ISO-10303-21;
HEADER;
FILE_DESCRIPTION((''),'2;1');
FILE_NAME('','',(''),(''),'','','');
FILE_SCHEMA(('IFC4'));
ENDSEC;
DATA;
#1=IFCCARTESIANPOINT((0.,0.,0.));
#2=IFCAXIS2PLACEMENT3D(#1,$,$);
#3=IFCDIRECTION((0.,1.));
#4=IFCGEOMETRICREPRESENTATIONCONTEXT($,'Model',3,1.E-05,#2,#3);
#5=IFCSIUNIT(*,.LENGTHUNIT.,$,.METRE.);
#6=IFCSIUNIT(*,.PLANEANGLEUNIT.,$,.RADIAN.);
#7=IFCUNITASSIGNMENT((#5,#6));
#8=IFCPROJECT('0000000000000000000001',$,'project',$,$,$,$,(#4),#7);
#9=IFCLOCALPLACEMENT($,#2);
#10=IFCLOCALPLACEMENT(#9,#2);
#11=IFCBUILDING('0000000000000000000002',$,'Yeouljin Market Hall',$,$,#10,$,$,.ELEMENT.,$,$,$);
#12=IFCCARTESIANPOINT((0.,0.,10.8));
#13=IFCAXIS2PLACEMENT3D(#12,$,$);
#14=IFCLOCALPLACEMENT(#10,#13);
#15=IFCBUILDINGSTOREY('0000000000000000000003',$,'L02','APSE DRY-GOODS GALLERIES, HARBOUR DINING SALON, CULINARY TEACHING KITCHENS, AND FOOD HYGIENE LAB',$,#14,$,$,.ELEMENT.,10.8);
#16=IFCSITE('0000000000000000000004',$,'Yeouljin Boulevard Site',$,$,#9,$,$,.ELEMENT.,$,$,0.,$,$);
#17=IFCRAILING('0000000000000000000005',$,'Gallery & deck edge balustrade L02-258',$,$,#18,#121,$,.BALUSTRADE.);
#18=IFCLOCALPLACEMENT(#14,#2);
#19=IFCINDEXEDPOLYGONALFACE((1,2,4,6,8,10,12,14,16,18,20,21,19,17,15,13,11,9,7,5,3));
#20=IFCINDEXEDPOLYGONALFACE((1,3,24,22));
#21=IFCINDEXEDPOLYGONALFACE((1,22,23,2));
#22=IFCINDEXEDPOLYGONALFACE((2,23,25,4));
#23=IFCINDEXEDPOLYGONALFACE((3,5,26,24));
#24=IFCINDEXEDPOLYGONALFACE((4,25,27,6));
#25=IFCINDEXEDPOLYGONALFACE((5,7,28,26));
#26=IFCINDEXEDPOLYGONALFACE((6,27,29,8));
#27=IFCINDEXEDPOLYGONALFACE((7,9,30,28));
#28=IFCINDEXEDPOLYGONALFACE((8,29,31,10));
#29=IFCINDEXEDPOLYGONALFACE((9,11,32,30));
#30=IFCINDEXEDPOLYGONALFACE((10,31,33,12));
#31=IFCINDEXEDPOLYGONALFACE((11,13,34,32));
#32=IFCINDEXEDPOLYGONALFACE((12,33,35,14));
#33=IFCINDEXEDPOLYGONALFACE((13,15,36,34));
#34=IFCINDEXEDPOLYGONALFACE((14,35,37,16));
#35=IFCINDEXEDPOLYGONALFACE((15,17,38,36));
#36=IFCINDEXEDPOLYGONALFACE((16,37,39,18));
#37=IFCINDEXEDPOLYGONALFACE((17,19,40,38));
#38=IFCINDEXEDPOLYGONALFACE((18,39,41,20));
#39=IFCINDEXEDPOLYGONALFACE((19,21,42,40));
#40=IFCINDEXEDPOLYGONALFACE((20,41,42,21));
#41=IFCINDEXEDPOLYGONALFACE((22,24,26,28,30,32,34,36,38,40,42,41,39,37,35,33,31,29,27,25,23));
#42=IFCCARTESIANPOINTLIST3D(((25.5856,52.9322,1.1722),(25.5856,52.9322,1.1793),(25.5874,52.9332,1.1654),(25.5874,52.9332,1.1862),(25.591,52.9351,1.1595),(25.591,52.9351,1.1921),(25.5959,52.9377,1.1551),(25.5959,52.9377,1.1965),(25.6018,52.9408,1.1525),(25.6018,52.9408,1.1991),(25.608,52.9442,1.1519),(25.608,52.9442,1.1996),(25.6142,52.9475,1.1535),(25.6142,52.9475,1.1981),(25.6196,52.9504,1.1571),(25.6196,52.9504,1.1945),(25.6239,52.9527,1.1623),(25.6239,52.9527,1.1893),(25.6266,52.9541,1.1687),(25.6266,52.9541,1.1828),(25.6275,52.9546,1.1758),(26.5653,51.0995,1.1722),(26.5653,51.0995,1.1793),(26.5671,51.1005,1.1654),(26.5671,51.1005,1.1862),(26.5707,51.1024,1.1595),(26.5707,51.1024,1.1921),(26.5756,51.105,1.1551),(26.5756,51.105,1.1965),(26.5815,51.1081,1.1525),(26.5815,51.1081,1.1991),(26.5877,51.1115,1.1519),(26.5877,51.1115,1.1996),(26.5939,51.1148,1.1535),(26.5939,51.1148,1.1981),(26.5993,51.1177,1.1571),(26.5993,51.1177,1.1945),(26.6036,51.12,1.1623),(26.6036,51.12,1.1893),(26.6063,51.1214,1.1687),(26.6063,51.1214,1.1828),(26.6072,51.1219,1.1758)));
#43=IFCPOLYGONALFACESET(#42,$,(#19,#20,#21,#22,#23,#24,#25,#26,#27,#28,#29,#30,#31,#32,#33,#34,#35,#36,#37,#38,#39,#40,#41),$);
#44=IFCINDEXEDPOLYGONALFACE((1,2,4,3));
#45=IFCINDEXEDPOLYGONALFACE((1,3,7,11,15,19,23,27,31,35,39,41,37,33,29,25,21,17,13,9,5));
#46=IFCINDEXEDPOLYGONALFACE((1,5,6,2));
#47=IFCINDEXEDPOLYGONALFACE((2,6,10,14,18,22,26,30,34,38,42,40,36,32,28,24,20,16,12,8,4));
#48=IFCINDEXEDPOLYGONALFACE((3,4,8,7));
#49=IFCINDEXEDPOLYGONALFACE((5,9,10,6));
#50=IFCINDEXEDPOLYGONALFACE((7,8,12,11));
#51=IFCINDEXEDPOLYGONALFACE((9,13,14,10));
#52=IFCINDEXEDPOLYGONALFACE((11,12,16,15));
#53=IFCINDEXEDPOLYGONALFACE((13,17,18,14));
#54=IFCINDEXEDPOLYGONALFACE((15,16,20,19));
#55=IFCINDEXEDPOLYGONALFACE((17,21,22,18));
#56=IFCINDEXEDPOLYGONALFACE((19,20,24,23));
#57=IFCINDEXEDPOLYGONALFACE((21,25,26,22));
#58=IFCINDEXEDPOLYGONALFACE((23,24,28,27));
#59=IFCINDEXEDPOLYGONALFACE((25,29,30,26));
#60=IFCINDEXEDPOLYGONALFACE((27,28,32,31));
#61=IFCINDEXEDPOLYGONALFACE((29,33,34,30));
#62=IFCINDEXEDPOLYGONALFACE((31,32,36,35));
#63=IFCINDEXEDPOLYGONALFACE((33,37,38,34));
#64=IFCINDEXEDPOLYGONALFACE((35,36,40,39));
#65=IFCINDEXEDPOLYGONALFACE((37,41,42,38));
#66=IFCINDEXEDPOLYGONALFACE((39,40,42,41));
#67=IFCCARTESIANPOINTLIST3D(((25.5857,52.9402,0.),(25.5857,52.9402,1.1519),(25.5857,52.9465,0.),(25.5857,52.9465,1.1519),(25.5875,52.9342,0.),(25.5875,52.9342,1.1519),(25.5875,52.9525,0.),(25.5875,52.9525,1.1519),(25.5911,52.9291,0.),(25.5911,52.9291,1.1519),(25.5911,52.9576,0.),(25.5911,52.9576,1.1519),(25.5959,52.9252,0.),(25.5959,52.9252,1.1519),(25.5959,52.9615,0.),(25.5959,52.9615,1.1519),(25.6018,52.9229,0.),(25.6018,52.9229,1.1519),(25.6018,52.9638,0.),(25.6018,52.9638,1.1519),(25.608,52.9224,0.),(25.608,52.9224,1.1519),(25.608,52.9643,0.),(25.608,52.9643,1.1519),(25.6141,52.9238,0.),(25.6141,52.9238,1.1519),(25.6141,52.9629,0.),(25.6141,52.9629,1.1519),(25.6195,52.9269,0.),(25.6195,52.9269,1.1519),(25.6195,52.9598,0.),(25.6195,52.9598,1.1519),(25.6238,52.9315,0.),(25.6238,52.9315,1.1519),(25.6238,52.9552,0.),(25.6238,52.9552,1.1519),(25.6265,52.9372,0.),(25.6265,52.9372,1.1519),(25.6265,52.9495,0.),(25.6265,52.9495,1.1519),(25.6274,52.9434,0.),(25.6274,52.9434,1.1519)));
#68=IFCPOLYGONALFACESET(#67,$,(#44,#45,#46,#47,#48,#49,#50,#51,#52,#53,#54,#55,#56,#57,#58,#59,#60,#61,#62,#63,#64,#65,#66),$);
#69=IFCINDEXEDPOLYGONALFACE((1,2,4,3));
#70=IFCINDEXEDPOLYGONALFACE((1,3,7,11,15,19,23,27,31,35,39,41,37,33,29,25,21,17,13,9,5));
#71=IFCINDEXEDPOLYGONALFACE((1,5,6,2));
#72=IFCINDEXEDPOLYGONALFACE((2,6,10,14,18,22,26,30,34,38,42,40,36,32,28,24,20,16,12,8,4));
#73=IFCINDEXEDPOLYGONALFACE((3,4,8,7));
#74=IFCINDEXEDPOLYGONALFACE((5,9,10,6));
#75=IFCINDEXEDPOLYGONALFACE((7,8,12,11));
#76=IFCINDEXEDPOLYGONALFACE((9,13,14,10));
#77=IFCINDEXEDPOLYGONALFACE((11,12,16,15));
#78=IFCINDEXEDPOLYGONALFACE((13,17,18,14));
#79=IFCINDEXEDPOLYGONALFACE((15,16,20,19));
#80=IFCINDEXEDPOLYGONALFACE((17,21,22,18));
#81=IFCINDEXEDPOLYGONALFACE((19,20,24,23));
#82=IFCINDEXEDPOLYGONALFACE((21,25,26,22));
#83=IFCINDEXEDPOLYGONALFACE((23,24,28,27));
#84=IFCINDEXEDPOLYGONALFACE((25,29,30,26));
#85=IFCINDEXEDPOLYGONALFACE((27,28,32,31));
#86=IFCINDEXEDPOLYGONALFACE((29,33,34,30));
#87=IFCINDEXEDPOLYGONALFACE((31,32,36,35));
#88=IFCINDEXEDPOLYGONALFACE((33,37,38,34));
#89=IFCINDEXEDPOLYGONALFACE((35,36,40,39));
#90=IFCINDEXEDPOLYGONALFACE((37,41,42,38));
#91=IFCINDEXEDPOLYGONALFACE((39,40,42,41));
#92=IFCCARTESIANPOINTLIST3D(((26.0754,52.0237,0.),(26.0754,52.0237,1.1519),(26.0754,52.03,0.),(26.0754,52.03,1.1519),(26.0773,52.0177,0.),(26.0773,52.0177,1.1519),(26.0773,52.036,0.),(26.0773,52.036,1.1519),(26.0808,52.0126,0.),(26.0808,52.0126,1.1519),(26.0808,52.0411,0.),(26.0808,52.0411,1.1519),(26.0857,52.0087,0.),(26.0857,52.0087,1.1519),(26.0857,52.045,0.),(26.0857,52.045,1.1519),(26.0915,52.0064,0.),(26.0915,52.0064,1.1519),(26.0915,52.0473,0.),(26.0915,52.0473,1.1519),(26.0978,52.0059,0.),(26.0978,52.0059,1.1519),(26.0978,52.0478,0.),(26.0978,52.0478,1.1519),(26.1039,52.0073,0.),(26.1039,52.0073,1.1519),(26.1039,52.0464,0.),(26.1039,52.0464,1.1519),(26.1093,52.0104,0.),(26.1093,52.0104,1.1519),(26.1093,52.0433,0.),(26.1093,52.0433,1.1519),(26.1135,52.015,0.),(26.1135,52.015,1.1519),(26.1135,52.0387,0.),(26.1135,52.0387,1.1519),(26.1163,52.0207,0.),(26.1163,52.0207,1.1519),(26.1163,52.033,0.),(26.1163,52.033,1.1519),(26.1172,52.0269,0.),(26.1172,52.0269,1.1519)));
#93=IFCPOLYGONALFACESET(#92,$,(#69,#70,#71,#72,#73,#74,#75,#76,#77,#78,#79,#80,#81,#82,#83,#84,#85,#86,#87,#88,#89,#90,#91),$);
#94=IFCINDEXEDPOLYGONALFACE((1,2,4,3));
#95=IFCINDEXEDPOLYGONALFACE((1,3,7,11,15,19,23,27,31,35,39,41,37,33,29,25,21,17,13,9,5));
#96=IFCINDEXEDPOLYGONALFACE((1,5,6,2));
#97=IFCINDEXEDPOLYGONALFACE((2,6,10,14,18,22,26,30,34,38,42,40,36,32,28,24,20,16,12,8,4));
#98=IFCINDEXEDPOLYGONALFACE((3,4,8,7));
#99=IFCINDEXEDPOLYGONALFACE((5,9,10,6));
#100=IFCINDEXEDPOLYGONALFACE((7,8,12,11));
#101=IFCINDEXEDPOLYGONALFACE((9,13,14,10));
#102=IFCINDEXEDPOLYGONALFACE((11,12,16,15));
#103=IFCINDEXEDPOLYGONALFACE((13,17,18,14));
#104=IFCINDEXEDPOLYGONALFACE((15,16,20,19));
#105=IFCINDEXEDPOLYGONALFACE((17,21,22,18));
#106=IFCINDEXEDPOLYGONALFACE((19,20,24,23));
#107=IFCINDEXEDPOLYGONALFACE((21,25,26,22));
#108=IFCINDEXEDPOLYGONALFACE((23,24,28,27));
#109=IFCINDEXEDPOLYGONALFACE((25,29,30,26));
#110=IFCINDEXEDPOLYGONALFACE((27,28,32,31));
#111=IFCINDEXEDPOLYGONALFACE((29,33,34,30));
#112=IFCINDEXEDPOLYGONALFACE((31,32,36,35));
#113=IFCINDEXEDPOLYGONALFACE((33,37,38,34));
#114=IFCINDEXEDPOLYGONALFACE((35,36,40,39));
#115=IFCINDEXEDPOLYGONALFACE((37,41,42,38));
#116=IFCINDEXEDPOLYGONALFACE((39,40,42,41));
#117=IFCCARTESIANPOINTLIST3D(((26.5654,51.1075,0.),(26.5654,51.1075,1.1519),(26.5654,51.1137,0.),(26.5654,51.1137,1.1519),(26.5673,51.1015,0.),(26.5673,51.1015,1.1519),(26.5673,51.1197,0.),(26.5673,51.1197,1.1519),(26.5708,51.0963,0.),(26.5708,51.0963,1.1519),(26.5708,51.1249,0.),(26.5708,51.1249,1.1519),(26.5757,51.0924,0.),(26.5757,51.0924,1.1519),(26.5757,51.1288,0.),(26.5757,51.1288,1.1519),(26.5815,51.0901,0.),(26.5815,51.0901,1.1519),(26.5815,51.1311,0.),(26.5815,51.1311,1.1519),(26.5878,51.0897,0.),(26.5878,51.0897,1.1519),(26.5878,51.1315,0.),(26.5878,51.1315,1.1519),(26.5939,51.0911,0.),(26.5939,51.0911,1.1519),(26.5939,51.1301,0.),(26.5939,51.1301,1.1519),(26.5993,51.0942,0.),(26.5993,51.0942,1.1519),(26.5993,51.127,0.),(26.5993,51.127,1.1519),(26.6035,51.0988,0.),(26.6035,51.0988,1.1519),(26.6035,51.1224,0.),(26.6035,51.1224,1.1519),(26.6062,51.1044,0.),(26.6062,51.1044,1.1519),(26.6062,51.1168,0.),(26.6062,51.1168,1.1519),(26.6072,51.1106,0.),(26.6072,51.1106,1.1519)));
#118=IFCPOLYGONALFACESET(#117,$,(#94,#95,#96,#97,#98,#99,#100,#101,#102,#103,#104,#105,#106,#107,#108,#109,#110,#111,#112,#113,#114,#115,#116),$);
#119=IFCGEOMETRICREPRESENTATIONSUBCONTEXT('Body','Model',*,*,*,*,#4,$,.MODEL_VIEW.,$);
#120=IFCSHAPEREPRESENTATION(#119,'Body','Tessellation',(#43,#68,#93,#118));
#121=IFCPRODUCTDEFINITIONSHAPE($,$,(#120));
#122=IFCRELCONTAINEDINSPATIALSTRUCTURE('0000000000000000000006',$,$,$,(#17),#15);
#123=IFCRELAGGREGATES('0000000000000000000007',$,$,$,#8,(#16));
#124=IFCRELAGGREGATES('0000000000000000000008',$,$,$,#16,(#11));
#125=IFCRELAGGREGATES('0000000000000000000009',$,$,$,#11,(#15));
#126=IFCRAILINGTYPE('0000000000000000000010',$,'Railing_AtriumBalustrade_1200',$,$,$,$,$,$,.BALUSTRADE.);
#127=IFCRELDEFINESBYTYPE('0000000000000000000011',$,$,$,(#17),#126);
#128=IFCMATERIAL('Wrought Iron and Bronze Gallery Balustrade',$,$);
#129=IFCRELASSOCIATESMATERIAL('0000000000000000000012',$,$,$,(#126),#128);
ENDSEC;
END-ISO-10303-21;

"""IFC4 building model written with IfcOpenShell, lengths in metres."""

from ifc_helpers import new_model, si_unit, direction, frame, origin, origin_2d, place, context, subcontext, project, spatial, circle, extrude, material, type_object, element, save


model = new_model("IFC4")

# Units and contexts
model_context = context("Model", 3, precision=1e-05, world=origin(), true_north=direction((0.0, 1.0)))
body_context = subcontext(model_context, "Body", "Model", "MODEL_VIEW")
ifc_project = project(units=[si_unit("LENGTHUNIT", "METRE"), si_unit("PLANEANGLEUNIT", "RADIAN")], contexts=[model_context])

# Site, building, storey
site_placement = place(None, origin())
site = spatial("IfcSite", under=ifc_project, at=site_placement, Name="Yeouljin Boulevard Site", CompositionType="ELEMENT", RefElevation=0.0)
building_placement = place(site_placement, origin())
building = spatial("IfcBuilding", under=site, at=building_placement, Name="Yeouljin Market Hall", CompositionType="ELEMENT")
storey_placement = place(building_placement, frame((0.0, 0.0, 10.8)))
storey = spatial("IfcBuildingStorey", under=building, at=storey_placement, Name="L02", Description="APSE DRY-GOODS GALLERIES, HARBOUR DINING SALON, CULINARY TEACHING KITCHENS, AND FOOD HYGIENE LAB", CompositionType="ELEMENT", Elevation=10.8)

# Railing
ifc_material_1 = material(Name="Wrought Iron and Bronze Gallery Balustrade")
railing_type = type_object("IfcRailingType", Name="Railing_AtriumBalustrade_1200", PredefinedType="BALUSTRADE", material=ifc_material_1)
railing_1_placement = place(storey_placement, frame((25.6064, 52.9434, 0.0)))
element("IfcRailing", 1, at=railing_1_placement, inside=storey, type_object=railing_type, Name="Gallery & deck edge balustrade L02-258", PredefinedType="BALUSTRADE", context=body_context, shape_type="SweptSolid", body=[
    extrude(circle(Radius=0.0239, at=origin_2d()), frame((0.0, 0.0, 1.1758), z_axis=(0.471436, -0.881901, 0.0), x_axis=(0.881901, 0.471436, 0.0)), (0.0, 0.0, 1.0), 2.0781),
    extrude(circle(Radius=0.021, at=origin_2d()), origin(), (0.0, 0.0, 1.0), 1.1519),
    extrude(circle(Radius=0.021, at=origin_2d()), frame((0.4897, -0.9165, 0.0)), (0.0, 0.0, 1.0), 1.1519),
    extrude(circle(Radius=0.021, at=origin_2d()), frame((0.9797, -1.8328, 0.0)), (0.0, 0.0, 1.0), 1.1519),
])

save(model, "model.ifc")
